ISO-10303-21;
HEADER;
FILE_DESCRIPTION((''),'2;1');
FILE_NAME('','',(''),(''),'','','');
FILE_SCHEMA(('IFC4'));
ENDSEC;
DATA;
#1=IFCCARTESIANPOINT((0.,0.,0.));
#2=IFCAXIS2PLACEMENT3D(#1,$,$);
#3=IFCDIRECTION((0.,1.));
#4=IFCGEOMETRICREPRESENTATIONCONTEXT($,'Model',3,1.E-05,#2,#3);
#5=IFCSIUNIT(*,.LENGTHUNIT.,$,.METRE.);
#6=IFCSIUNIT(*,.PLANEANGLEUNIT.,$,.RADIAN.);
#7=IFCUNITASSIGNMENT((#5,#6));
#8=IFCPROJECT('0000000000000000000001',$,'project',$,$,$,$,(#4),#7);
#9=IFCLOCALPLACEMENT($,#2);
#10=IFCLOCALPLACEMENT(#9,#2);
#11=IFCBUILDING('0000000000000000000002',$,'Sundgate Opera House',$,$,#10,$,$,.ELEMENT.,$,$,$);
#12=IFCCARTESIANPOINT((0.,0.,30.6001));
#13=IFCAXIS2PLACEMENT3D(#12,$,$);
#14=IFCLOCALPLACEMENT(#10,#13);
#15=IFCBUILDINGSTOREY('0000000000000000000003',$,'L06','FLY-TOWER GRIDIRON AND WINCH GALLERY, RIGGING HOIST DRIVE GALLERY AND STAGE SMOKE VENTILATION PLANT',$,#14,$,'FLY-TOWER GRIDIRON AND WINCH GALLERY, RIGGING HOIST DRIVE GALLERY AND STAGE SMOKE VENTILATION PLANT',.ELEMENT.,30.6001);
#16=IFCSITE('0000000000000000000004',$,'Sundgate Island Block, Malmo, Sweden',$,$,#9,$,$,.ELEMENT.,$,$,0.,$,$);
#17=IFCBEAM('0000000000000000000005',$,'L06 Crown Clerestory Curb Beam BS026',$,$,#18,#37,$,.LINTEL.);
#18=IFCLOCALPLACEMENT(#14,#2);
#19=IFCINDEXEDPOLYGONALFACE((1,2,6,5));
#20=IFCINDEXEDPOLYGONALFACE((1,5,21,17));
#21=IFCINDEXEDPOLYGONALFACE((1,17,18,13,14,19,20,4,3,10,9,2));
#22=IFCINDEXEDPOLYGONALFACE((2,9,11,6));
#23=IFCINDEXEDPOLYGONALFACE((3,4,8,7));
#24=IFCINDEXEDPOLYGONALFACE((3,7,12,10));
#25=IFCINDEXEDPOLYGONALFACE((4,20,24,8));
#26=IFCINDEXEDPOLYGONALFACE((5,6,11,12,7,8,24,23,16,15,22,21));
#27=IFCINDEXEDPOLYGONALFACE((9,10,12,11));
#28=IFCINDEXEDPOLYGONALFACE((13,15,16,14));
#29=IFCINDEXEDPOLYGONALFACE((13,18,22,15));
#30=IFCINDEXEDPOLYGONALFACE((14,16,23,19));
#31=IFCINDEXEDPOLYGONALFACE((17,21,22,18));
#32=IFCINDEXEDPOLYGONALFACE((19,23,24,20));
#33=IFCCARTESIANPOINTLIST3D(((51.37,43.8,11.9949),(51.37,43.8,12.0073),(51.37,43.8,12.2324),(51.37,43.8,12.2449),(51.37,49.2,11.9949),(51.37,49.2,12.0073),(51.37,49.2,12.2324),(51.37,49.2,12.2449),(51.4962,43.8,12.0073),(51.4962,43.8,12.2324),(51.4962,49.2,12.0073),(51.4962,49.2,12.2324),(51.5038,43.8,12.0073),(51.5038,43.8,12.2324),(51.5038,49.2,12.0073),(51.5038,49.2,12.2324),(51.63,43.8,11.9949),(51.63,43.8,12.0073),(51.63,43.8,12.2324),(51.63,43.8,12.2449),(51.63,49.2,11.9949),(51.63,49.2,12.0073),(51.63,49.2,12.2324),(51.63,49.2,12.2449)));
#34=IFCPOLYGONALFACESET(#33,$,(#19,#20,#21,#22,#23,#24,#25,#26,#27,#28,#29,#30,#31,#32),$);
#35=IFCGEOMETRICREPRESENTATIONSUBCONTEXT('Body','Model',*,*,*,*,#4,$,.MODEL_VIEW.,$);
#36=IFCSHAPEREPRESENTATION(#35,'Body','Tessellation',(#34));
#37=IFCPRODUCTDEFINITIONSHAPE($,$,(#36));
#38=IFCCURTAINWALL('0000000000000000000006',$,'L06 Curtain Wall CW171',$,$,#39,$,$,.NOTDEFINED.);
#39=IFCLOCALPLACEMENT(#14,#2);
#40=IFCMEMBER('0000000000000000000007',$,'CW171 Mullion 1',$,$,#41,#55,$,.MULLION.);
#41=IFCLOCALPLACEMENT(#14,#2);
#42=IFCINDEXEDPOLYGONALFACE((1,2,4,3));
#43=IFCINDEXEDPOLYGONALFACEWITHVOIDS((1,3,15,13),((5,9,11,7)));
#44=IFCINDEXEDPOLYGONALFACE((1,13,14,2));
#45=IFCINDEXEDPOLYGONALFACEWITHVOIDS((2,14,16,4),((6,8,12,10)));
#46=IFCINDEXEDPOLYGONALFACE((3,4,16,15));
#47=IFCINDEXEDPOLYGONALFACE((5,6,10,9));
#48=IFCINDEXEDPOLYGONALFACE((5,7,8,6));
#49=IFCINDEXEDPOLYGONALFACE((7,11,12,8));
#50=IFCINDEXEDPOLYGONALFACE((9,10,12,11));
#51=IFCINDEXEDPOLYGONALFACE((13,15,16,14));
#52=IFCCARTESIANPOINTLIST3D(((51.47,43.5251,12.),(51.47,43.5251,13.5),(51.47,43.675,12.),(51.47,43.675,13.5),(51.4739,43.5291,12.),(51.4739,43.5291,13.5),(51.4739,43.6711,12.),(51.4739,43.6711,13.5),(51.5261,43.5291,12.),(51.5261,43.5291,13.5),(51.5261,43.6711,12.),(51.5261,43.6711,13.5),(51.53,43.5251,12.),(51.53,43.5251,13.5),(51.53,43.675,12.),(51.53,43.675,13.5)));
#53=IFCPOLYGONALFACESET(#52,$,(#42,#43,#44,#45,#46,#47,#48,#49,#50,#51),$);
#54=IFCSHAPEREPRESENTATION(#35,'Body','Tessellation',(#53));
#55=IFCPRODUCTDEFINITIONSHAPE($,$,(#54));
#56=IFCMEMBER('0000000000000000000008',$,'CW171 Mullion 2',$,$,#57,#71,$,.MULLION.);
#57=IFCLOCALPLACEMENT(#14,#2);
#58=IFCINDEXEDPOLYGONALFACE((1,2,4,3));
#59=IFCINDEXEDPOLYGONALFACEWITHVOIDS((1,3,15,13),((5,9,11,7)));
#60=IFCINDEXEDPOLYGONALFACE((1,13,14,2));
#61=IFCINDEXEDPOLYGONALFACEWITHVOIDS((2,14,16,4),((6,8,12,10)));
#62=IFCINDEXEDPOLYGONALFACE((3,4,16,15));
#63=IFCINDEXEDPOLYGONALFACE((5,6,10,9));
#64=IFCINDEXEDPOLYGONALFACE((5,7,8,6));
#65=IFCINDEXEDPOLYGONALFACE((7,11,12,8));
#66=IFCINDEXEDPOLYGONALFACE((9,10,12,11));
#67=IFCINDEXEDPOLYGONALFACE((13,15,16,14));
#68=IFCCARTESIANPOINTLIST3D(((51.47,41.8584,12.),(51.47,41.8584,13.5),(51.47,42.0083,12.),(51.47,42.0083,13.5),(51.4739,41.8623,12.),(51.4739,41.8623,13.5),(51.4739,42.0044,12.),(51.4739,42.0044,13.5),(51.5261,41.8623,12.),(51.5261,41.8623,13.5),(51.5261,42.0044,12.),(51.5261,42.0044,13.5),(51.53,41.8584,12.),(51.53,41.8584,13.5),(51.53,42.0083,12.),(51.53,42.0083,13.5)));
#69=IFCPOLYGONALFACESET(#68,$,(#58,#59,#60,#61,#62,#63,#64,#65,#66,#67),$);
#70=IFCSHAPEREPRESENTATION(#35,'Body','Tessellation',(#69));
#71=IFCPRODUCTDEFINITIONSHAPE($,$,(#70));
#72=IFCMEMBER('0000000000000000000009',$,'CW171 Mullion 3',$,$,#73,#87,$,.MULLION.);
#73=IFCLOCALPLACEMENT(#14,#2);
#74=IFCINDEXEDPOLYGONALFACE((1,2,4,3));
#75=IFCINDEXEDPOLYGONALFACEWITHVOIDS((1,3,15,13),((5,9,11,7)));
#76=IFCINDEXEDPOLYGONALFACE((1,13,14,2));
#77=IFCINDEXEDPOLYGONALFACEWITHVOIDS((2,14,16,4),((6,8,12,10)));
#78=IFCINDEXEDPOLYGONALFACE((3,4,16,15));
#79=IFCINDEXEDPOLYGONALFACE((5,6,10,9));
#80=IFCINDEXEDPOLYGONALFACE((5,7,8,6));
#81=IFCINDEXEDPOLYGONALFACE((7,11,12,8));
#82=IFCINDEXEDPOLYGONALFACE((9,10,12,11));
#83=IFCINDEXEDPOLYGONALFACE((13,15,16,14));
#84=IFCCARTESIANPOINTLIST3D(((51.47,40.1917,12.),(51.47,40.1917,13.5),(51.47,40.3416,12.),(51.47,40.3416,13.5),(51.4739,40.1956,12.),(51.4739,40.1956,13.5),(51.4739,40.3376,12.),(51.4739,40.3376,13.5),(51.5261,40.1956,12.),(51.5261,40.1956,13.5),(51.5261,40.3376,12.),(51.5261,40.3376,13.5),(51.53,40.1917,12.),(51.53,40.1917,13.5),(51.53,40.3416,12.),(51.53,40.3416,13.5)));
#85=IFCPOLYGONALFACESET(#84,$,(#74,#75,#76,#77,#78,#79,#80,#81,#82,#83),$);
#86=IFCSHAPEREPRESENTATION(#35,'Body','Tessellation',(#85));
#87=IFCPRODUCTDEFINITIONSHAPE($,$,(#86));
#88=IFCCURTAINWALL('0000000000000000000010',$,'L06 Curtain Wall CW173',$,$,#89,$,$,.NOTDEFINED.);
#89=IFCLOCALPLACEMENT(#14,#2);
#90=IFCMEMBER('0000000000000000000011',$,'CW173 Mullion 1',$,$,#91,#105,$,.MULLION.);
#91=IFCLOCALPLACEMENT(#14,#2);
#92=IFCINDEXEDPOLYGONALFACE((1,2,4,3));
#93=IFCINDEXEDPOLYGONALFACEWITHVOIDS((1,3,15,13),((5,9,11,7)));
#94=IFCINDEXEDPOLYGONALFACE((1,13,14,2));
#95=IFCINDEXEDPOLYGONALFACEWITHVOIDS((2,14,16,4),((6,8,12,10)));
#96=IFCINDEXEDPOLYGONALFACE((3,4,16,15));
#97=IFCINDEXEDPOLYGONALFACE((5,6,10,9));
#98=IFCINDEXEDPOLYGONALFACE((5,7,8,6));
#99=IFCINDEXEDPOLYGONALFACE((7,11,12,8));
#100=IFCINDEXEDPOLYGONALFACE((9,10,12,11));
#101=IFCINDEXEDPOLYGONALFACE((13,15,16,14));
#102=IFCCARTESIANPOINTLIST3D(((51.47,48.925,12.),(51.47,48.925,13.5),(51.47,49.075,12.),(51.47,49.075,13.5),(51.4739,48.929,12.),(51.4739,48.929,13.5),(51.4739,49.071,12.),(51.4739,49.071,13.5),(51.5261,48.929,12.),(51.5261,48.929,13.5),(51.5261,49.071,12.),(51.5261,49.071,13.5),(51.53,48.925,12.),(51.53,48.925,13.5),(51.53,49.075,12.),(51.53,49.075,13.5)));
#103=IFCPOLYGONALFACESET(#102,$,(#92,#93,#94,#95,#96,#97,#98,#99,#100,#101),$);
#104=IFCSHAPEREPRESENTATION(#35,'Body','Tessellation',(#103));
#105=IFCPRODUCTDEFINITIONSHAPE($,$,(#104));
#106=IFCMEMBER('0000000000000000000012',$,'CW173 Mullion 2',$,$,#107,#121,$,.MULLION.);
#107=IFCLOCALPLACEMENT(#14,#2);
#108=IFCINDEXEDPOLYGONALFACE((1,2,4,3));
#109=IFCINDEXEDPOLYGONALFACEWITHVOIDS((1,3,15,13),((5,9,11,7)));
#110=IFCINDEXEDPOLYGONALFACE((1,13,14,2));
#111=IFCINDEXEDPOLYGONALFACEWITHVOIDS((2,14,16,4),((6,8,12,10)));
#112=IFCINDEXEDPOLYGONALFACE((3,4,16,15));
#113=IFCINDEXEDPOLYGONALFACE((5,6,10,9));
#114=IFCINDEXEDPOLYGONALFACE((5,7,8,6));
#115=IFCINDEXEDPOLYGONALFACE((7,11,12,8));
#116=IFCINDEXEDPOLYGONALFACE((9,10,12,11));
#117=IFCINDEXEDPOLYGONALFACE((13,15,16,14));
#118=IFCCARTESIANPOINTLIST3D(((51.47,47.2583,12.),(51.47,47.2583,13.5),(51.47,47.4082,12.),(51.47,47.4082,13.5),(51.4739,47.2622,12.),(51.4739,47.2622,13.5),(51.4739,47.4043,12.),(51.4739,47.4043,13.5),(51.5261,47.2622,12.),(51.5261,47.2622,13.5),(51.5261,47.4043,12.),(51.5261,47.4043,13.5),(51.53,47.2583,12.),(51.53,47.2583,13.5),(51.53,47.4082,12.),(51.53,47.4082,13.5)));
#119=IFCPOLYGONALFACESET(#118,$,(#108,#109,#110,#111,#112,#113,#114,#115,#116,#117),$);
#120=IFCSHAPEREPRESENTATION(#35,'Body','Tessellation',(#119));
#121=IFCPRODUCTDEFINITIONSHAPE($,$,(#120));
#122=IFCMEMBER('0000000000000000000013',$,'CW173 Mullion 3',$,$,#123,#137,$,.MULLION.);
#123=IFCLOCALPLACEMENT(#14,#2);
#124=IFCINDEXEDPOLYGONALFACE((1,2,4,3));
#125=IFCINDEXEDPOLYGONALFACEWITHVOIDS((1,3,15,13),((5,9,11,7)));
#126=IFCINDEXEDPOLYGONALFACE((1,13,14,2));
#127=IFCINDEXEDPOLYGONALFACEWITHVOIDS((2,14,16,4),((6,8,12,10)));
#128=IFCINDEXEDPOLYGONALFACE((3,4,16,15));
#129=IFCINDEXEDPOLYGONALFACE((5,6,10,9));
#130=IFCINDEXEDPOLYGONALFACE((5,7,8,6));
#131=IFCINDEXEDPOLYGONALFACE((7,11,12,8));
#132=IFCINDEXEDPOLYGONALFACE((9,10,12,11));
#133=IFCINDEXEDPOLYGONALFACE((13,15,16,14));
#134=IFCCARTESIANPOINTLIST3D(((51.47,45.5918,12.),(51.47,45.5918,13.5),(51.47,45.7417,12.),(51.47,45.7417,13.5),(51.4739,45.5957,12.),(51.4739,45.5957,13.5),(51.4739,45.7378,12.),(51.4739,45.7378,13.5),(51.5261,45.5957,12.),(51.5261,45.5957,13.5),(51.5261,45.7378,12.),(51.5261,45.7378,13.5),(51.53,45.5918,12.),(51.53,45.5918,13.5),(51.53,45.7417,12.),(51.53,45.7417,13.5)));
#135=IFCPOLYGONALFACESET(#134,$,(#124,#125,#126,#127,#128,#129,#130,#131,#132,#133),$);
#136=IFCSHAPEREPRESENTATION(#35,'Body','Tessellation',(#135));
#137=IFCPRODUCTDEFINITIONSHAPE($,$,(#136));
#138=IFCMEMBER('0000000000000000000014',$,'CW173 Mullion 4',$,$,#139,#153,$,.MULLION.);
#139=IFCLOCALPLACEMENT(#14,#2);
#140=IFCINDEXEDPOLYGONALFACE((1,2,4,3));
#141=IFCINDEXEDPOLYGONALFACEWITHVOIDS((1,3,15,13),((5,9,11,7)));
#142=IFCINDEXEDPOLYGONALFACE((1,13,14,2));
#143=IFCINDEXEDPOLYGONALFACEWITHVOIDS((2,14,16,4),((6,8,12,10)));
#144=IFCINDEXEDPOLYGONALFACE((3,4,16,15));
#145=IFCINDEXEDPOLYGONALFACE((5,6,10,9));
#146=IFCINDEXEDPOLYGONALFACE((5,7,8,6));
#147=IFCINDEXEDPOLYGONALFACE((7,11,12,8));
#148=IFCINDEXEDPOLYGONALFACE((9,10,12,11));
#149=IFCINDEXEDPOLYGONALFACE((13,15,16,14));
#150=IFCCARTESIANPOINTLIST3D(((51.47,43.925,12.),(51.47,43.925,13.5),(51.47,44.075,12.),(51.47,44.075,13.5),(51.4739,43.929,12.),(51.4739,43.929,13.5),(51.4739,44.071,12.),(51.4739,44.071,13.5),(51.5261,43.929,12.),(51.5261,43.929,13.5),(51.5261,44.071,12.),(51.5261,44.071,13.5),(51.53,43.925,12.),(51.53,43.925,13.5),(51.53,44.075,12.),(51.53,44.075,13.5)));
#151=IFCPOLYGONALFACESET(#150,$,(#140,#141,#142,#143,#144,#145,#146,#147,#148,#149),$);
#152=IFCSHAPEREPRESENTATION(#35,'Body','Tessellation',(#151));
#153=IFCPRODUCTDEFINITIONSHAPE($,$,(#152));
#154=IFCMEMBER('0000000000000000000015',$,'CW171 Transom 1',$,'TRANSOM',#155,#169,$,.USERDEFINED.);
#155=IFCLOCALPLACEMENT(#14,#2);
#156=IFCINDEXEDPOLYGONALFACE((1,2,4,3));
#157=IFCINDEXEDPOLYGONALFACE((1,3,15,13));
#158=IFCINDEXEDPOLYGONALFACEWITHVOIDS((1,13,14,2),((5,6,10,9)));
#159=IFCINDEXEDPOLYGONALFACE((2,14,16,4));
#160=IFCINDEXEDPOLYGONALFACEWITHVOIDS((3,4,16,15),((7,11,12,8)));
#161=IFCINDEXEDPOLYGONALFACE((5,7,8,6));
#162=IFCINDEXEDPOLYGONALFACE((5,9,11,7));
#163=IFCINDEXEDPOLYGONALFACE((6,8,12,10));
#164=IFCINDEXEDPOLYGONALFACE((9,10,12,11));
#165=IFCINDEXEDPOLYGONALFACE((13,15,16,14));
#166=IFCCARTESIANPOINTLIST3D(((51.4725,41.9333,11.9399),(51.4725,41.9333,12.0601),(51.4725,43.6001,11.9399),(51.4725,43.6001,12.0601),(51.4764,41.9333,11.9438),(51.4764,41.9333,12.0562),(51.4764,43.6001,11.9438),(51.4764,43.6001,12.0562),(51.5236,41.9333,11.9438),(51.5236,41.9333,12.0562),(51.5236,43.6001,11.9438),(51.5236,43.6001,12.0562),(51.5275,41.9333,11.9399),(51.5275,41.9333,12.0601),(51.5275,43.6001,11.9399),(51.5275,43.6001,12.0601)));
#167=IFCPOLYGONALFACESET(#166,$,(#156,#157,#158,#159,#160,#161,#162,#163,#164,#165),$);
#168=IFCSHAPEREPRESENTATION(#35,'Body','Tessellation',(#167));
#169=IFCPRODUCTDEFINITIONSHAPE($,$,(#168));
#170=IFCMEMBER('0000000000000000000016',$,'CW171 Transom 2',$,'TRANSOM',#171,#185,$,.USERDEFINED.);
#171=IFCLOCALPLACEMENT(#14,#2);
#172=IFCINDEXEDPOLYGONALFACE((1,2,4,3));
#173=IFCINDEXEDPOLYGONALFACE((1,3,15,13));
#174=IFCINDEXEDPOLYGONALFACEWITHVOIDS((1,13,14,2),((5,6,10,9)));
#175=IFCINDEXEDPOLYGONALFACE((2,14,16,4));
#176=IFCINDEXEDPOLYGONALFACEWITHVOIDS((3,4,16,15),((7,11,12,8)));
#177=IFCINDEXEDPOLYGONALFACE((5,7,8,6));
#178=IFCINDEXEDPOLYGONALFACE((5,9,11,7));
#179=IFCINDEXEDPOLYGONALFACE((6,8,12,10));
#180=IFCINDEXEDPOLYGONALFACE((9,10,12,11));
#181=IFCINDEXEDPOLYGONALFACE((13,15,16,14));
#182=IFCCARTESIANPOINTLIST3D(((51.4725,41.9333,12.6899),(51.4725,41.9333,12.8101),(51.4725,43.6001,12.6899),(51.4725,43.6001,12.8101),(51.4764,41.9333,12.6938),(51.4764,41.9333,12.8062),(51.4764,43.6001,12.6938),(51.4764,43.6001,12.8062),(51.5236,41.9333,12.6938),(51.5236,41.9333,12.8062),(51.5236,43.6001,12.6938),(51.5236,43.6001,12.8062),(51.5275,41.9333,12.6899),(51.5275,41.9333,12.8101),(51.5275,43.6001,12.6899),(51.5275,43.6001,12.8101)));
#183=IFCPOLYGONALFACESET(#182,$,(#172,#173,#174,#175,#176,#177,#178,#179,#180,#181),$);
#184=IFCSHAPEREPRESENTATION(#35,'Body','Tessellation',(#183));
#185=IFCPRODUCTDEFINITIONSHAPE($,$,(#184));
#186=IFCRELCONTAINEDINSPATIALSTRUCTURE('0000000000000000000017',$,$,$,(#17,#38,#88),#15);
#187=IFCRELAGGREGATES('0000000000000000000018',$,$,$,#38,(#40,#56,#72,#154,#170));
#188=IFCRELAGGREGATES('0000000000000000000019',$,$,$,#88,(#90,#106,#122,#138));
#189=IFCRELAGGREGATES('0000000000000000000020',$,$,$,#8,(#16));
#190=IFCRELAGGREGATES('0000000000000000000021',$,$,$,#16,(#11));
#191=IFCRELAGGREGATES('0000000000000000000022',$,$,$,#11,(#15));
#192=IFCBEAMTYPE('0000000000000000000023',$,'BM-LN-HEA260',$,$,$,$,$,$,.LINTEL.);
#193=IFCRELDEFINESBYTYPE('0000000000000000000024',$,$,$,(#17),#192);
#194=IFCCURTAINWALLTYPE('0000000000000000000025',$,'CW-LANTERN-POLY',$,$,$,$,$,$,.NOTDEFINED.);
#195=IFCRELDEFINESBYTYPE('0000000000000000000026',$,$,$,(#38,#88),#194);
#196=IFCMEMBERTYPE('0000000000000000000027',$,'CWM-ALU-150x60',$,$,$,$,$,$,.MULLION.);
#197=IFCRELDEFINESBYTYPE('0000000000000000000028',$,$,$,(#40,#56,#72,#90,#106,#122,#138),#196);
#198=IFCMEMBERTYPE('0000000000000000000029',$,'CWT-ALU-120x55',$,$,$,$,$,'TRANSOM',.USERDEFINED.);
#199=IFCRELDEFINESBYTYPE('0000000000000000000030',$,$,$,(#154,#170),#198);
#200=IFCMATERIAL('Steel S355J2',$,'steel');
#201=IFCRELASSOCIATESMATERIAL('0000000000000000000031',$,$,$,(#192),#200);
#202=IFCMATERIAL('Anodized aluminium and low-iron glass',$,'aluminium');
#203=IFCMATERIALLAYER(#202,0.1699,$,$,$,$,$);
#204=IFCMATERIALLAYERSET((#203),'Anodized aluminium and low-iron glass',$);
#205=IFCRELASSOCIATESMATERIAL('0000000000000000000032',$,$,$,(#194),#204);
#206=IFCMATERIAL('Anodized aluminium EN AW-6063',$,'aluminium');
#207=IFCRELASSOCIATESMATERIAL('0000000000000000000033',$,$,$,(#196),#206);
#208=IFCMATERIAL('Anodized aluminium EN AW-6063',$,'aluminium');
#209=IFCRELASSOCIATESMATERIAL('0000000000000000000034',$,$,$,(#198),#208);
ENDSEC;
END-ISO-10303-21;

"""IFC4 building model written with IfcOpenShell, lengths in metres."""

from ifc_helpers import new_model, si_unit, direction, frame, origin, origin_2d, place, context, subcontext, project, spatial, hollow_rectangle, i_section, extrude, material, layer, layer_set, material_profile, profile_set, type_object, element, aggregate, save


model = new_model("IFC4")

# Units and contexts
model_context = context("Model", 3, precision=1e-05, world=origin(), true_north=direction((0.0, 1.0)))
body_context = subcontext(model_context, "Body", "Model", "MODEL_VIEW")
ifc_project = project(units=[si_unit("LENGTHUNIT", "METRE"), si_unit("PLANEANGLEUNIT", "RADIAN")], contexts=[model_context])

# Site, building, storey
site_placement = place(None, origin())
site = spatial("IfcSite", under=ifc_project, at=site_placement, Name="Sundgate Island Block, Malmo, Sweden", CompositionType="ELEMENT", RefElevation=0.0)
building_placement = place(site_placement, origin())
building = spatial("IfcBuilding", under=site, at=building_placement, Name="Sundgate Opera House", CompositionType="ELEMENT")
storey_placement = place(building_placement, frame((0.0, 0.0, 30.6001)))
storey = spatial("IfcBuildingStorey", under=building, at=storey_placement, Name="L06", Description="FLY-TOWER GRIDIRON AND WINCH GALLERY, RIGGING HOIST DRIVE GALLERY AND STAGE SMOKE VENTILATION PLANT", LongName="FLY-TOWER GRIDIRON AND WINCH GALLERY, RIGGING HOIST DRIVE GALLERY AND STAGE SMOKE VENTILATION PLANT", CompositionType="ELEMENT", Elevation=30.6001)

# Beam
ifc_material_1 = material(Name="Steel S355J2", Category="steel")
ifc_material_profile_1 = material_profile(ifc_material_1, i_section(OverallWidth=0.26, OverallDepth=0.25, WebThickness=0.0076, FlangeThickness=0.0125, at=origin_2d()), Name="HEA 260")
ifc_profile_set_1 = profile_set([ifc_material_profile_1], Name="Steel S355J2")
beam_type = type_object("IfcBeamType", Name="BM-LN-HEA260", PredefinedType="LINTEL", material=ifc_profile_set_1)
beam_placement = place(storey_placement, frame((51.5, 43.8, 12.1199), z_axis=(0.0, 1.0, 0.0), x_axis=(-1.0, 0.0, 0.0)))
element("IfcBeam", 1, at=beam_placement, inside=storey, type_object=beam_type, Name="L06 Crown Clerestory Curb Beam BS026", PredefinedType="LINTEL", context=body_context, shape_type="SweptSolid", body=[
    extrude(i_section(OverallWidth=0.26, OverallDepth=0.25, WebThickness=0.0076, FlangeThickness=0.0125, at=origin_2d()), origin(), (0.0, 0.0, 1.0), 5.3999),
])

# Curtain walls, members
ifc_material_2 = material(Name="Anodized aluminium and low-iron glass", Category="aluminium")
ifc_layer_1 = layer(ifc_material_2, 0.1699)
ifc_layer_set_1 = layer_set([ifc_layer_1], Name="Anodized aluminium and low-iron glass")
curtain_wall_type = type_object("IfcCurtainWallType", Name="CW-LANTERN-POLY", PredefinedType="NOTDEFINED", material=ifc_layer_set_1)
curtain_wall_1_placement = place(storey_placement, origin())
curtain_wall_1 = element("IfcCurtainWall", 2, at=curtain_wall_1_placement, inside=storey, type_object=curtain_wall_type, Name="L06 Curtain Wall CW171", PredefinedType="NOTDEFINED")
ifc_material_3 = material(Name="Anodized aluminium EN AW-6063", Category="aluminium")
ifc_material_profile_2 = material_profile(ifc_material_3, hollow_rectangle(XDim=0.0601, YDim=0.1499, WallThickness=0.0039, at=origin_2d()), Name="CWM 150x60x4")
ifc_profile_set_2 = profile_set([ifc_material_profile_2], Name="Anodized aluminium EN AW-6063")
member_type_1 = type_object("IfcMemberType", Name="CWM-ALU-150x60", PredefinedType="MULLION", material=ifc_profile_set_2)
member_1_placement = place(storey_placement, frame((51.5, 43.6001, 12.0), z_axis=(0.0, 0.0, 1.0), x_axis=(1.0, 0.0, 0.0)))
member_1 = element("IfcMember", 3, at=member_1_placement, type_object=member_type_1, Name="CW171 Mullion 1", PredefinedType="MULLION", context=body_context, shape_type="SweptSolid", body=[
    extrude(hollow_rectangle(XDim=0.0601, YDim=0.1499, WallThickness=0.0039, at=origin_2d()), origin(), (0.0, 0.0, 1.0), 1.5),
])
member_2_placement = place(storey_placement, frame((51.5, 41.9333, 12.0), z_axis=(0.0, 0.0, 1.0), x_axis=(1.0, 0.0, 0.0)))
member_2 = element("IfcMember", 4, at=member_2_placement, type_object=member_type_1, Name="CW171 Mullion 2", PredefinedType="MULLION", context=body_context, shape_type="SweptSolid", body=[
    extrude(hollow_rectangle(XDim=0.0601, YDim=0.1499, WallThickness=0.0039, at=origin_2d()), origin(), (0.0, 0.0, 1.0), 1.5),
])
member_3_placement = place(storey_placement, frame((51.5, 40.2666, 12.0), z_axis=(0.0, 0.0, 1.0), x_axis=(1.0, 0.0, 0.0)))
member_3 = element("IfcMember", 5, at=member_3_placement, type_object=member_type_1, Name="CW171 Mullion 3", PredefinedType="MULLION", context=body_context, shape_type="SweptSolid", body=[
    extrude(hollow_rectangle(XDim=0.0601, YDim=0.1499, WallThickness=0.0039, at=origin_2d()), origin(), (0.0, 0.0, 1.0), 1.5),
])
curtain_wall_2_placement = place(storey_placement, origin())
curtain_wall_2 = element("IfcCurtainWall", 6, at=curtain_wall_2_placement, inside=storey, type_object=curtain_wall_type, Name="L06 Curtain Wall CW173", PredefinedType="NOTDEFINED")
member_4_placement = place(storey_placement, frame((51.5, 49.0, 12.0), z_axis=(0.0, 0.0, 1.0), x_axis=(1.0, 0.0, 0.0)))
member_4 = element("IfcMember", 7, at=member_4_placement, type_object=member_type_1, Name="CW173 Mullion 1", PredefinedType="MULLION", context=body_context, shape_type="SweptSolid", body=[
    extrude(hollow_rectangle(XDim=0.0601, YDim=0.1499, WallThickness=0.0039, at=origin_2d()), origin(), (0.0, 0.0, 1.0), 1.5),
])
member_5_placement = place(storey_placement, frame((51.5, 47.3333, 12.0), z_axis=(0.0, 0.0, 1.0), x_axis=(1.0, 0.0, 0.0)))
member_5 = element("IfcMember", 8, at=member_5_placement, type_object=member_type_1, Name="CW173 Mullion 2", PredefinedType="MULLION", context=body_context, shape_type="SweptSolid", body=[
    extrude(hollow_rectangle(XDim=0.0601, YDim=0.1499, WallThickness=0.0039, at=origin_2d()), origin(), (0.0, 0.0, 1.0), 1.5),
])
member_6_placement = place(storey_placement, frame((51.5, 45.6667, 12.0), z_axis=(0.0, 0.0, 1.0), x_axis=(1.0, 0.0, 0.0)))
member_6 = element("IfcMember", 9, at=member_6_placement, type_object=member_type_1, Name="CW173 Mullion 3", PredefinedType="MULLION", context=body_context, shape_type="SweptSolid", body=[
    extrude(hollow_rectangle(XDim=0.0601, YDim=0.1499, WallThickness=0.0039, at=origin_2d()), origin(), (0.0, 0.0, 1.0), 1.5),
])
member_7_placement = place(storey_placement, frame((51.5, 44.0, 12.0), z_axis=(0.0, 0.0, 1.0), x_axis=(1.0, 0.0, 0.0)))
member_7 = element("IfcMember", 10, at=member_7_placement, type_object=member_type_1, Name="CW173 Mullion 4", PredefinedType="MULLION", context=body_context, shape_type="SweptSolid", body=[
    extrude(hollow_rectangle(XDim=0.0601, YDim=0.1499, WallThickness=0.0039, at=origin_2d()), origin(), (0.0, 0.0, 1.0), 1.5),
])

# Members
ifc_material_4 = material(Name="Anodized aluminium EN AW-6063", Category="aluminium")
ifc_material_profile_3 = material_profile(ifc_material_4, hollow_rectangle(XDim=0.0549, YDim=0.1201, WallThickness=0.0039, at=origin_2d()), Name="CWT 120x55x4")
ifc_profile_set_3 = profile_set([ifc_material_profile_3], Name="Anodized aluminium EN AW-6063")
member_type_2 = type_object("IfcMemberType", Name="CWT-ALU-120x55", ElementType="TRANSOM", PredefinedType="USERDEFINED", material=ifc_profile_set_3)
member_8_placement = place(storey_placement, frame((51.5, 43.6001, 12.0), z_axis=(0.0, -1.0, 0.0), x_axis=(1.0, 0.0, 0.0)))
member_8 = element("IfcMember", 11, at=member_8_placement, type_object=member_type_2, Name="CW171 Transom 1", ObjectType="TRANSOM", PredefinedType="USERDEFINED", context=body_context, shape_type="SweptSolid", body=[
    extrude(hollow_rectangle(XDim=0.0549, YDim=0.1201, WallThickness=0.0039, at=origin_2d()), origin(), (0.0, 0.0, 1.0), 1.6667),
])
member_9_placement = place(storey_placement, frame((51.5, 43.6001, 12.75), z_axis=(0.0, -1.0, 0.0), x_axis=(1.0, 0.0, 0.0)))
member_9 = element("IfcMember", 12, at=member_9_placement, type_object=member_type_2, Name="CW171 Transom 2", ObjectType="TRANSOM", PredefinedType="USERDEFINED", context=body_context, shape_type="SweptSolid", body=[
    extrude(hollow_rectangle(XDim=0.0549, YDim=0.1201, WallThickness=0.0039, at=origin_2d()), origin(), (0.0, 0.0, 1.0), 1.6667),
])

aggregate(curtain_wall_1, [member_1, member_2, member_3, member_8, member_9])
aggregate(curtain_wall_2, [member_4, member_5, member_6, member_7])

save(model, "model.ifc")
